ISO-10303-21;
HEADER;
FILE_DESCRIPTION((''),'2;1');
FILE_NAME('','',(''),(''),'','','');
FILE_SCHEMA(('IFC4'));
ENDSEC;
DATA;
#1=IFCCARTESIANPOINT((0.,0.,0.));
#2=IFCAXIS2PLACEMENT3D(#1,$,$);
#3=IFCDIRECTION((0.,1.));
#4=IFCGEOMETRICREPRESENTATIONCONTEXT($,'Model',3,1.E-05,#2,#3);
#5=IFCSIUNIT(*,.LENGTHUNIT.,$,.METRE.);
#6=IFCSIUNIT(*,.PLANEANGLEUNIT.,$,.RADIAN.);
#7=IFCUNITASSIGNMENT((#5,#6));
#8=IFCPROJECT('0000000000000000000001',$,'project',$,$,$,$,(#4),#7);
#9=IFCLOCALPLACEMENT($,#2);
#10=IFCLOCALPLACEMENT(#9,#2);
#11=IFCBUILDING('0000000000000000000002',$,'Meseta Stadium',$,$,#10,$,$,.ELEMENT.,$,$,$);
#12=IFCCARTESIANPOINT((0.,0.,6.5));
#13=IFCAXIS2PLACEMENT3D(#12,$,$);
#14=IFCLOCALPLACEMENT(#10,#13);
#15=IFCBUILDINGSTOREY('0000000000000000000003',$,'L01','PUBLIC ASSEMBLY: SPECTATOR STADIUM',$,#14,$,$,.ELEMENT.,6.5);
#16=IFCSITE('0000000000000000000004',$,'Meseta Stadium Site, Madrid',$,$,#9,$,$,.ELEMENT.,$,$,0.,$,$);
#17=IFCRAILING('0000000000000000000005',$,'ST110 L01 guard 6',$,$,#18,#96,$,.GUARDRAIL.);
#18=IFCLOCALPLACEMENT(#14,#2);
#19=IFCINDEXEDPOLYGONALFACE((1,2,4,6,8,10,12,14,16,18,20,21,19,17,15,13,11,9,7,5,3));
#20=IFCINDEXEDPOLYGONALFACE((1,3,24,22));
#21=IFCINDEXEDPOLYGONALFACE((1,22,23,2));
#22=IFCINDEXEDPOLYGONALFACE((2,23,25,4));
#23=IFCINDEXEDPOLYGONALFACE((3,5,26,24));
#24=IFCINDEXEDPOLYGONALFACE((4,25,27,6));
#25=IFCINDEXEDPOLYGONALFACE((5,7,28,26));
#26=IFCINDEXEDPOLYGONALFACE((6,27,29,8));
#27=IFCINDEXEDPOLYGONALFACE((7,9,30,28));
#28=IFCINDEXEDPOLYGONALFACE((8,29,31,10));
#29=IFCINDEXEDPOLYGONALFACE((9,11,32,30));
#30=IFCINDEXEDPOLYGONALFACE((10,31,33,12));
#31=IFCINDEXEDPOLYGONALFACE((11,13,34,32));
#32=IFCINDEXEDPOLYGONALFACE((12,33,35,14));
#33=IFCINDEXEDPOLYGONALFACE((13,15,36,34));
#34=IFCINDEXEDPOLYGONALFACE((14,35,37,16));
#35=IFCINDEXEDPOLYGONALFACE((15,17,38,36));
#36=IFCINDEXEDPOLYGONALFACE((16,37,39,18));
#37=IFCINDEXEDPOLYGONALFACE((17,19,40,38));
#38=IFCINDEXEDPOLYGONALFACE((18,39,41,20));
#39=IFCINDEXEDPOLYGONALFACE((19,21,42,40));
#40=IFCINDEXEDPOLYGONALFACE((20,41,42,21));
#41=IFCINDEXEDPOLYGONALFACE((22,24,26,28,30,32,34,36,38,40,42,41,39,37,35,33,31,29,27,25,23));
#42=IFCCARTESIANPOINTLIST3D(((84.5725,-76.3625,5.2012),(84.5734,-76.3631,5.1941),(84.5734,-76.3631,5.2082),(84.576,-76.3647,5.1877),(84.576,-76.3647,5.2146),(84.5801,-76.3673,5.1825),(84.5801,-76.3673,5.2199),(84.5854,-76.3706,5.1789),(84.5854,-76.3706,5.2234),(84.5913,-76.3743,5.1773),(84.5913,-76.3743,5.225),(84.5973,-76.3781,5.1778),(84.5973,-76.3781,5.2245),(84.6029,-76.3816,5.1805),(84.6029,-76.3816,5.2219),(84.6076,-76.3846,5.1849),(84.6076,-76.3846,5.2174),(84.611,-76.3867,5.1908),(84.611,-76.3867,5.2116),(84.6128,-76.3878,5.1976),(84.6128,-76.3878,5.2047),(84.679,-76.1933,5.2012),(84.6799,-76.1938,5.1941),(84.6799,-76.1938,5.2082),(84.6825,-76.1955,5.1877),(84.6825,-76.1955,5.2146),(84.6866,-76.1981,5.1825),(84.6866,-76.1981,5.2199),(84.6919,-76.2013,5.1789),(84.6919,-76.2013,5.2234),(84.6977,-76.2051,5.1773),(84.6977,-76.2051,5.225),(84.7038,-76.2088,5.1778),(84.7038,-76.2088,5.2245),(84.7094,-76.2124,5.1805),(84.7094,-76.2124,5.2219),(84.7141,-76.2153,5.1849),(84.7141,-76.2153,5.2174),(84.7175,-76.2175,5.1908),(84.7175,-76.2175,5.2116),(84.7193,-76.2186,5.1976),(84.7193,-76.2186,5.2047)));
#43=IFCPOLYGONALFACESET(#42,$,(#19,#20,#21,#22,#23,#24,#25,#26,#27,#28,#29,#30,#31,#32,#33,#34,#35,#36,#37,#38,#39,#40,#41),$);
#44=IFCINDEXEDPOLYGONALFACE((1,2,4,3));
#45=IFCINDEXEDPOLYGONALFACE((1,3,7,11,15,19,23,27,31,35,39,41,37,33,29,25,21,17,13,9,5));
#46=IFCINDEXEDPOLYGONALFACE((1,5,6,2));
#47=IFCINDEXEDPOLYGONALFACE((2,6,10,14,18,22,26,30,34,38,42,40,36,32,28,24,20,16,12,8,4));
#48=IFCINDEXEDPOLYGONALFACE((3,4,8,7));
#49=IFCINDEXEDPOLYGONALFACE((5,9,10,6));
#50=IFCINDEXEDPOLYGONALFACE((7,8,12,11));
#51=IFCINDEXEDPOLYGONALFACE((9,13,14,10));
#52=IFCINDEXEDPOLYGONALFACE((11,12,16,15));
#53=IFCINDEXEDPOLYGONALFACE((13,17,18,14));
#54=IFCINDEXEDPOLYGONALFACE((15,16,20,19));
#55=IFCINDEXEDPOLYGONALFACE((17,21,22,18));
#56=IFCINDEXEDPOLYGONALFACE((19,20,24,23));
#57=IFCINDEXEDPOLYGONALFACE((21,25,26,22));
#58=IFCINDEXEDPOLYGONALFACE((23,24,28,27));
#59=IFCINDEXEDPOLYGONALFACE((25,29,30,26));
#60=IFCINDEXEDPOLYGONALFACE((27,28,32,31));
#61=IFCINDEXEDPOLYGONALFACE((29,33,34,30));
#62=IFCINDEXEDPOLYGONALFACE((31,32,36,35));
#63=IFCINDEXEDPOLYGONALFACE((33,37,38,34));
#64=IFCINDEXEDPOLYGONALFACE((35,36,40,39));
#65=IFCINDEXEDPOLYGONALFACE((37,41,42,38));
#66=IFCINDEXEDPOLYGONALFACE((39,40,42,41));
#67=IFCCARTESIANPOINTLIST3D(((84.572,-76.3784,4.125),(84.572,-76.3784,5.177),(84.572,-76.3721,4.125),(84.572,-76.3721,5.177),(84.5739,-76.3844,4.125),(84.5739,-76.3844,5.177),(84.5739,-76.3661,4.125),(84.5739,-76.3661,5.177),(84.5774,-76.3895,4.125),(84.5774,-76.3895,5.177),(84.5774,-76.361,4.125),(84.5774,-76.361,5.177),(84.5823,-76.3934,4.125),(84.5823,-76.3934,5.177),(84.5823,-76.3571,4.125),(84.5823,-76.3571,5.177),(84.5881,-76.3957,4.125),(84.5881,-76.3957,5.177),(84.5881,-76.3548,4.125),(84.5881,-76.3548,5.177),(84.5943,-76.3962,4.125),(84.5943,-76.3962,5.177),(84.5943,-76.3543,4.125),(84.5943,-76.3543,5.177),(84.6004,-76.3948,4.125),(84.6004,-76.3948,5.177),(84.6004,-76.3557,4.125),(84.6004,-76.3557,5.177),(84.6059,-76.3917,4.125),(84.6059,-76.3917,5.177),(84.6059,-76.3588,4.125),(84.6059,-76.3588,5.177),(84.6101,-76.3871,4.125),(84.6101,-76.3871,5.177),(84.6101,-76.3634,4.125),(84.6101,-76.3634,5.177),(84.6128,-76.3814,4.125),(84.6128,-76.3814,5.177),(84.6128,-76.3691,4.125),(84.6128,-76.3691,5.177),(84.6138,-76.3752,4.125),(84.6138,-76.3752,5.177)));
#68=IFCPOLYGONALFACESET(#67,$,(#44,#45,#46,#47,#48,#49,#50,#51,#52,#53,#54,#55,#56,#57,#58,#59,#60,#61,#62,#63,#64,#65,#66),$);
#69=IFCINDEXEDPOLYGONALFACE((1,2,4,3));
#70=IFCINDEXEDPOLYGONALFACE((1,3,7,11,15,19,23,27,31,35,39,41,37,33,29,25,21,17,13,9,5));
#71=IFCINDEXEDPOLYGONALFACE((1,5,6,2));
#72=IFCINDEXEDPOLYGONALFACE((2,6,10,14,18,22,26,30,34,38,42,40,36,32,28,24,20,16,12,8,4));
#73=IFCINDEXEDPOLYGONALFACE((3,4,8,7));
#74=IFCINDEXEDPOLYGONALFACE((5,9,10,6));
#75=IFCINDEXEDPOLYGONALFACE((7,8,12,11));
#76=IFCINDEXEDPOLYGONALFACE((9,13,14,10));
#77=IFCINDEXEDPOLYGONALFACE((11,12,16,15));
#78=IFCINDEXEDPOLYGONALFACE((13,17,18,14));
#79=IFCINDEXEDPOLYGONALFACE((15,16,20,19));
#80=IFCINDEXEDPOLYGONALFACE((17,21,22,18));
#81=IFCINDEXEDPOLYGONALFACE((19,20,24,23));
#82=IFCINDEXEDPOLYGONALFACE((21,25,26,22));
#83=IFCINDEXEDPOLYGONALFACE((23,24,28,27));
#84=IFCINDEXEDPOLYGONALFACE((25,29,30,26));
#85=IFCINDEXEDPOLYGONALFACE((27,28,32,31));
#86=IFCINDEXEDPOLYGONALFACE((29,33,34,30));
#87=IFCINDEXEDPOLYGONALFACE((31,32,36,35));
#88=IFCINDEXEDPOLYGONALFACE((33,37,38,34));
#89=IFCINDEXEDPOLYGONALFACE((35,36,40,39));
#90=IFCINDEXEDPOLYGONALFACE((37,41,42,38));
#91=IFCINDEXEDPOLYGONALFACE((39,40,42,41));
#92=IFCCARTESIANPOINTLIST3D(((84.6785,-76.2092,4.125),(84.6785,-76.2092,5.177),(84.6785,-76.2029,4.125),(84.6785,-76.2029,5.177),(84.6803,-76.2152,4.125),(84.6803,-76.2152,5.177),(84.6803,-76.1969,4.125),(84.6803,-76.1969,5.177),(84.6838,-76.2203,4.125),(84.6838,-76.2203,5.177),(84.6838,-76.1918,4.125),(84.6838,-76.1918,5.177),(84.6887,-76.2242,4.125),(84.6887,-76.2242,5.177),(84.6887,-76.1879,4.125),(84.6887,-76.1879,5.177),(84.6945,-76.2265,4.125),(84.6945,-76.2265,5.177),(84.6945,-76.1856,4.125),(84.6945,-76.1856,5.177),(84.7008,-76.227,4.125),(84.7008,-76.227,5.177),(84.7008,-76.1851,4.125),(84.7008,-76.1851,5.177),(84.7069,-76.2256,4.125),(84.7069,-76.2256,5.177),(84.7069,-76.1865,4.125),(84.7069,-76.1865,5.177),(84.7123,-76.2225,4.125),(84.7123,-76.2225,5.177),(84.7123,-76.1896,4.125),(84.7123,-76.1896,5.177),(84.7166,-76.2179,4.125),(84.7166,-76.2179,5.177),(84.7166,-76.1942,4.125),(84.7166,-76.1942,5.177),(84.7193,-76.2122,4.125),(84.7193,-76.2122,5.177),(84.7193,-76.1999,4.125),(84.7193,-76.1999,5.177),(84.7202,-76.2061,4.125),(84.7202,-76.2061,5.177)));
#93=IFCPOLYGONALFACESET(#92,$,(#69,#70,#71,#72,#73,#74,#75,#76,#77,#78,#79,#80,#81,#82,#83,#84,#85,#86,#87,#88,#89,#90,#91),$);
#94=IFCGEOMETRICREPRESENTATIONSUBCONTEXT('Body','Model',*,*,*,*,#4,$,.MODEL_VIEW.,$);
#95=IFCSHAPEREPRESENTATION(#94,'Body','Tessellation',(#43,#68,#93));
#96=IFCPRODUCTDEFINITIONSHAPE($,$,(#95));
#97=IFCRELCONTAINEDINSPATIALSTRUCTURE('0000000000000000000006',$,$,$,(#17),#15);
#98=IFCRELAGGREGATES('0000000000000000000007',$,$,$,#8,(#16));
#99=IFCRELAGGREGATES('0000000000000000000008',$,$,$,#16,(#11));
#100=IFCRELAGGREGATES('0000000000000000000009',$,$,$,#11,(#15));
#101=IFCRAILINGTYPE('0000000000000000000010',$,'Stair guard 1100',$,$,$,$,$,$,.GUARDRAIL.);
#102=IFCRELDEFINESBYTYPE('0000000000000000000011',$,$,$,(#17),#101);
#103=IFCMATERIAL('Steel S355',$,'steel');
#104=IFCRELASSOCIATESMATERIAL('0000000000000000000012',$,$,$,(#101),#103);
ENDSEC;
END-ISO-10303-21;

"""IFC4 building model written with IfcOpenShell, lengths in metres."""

from ifc_helpers import new_model, si_unit, direction, frame, origin, origin_2d, place, context, subcontext, project, spatial, circle, extrude, material, type_object, element, save


model = new_model("IFC4")

# Units and contexts
model_context = context("Model", 3, precision=1e-05, world=origin(), true_north=direction((0.0, 1.0)))
body_context = subcontext(model_context, "Body", "Model", "MODEL_VIEW")
ifc_project = project(units=[si_unit("LENGTHUNIT", "METRE"), si_unit("PLANEANGLEUNIT", "RADIAN")], contexts=[model_context])

# Site, building, storey
site_placement = place(None, origin())
site = spatial("IfcSite", under=ifc_project, at=site_placement, Name="Meseta Stadium Site, Madrid", CompositionType="ELEMENT", RefElevation=0.0)
building_placement = place(site_placement, origin())
building = spatial("IfcBuilding", under=site, at=building_placement, Name="Meseta Stadium", CompositionType="ELEMENT")
storey_placement = place(building_placement, frame((0.0, 0.0, 6.5)))
storey = spatial("IfcBuildingStorey", under=building, at=storey_placement, Name="L01", Description="PUBLIC ASSEMBLY: SPECTATOR STADIUM", CompositionType="ELEMENT", Elevation=6.5)

# Railing
ifc_material_1 = material(Name="Steel S355", Category="steel")
railing_type_1 = type_object("IfcRailingType", Name="Stair guard 1100", PredefinedType="GUARDRAIL", material=ifc_material_1)
railing_1_placement = place(storey_placement, frame((84.5928, -76.3752, 4.125)))
element("IfcRailing", 1, at=railing_1_placement, inside=storey, type_object=railing_type_1, Name="ST110 L01 guard 6", PredefinedType="GUARDRAIL", context=body_context, shape_type="SweptSolid", body=[
    extrude(circle(Radius=0.0239, at=origin_2d()), frame((0.0, 0.0, 1.0762), z_axis=(0.532522, 0.846416, 0.0), x_axis=(-0.846416, 0.532522, 0.0)), (0.0, 0.0, 1.0), 0.2),
    extrude(circle(Radius=0.021, at=origin_2d()), origin(), (0.0, 0.0, 1.0), 1.052),
    extrude(circle(Radius=0.021, at=origin_2d()), frame((0.1064, 0.1692, 0.0)), (0.0, 0.0, 1.0), 1.052),
])

save(model, "model.ifc")
